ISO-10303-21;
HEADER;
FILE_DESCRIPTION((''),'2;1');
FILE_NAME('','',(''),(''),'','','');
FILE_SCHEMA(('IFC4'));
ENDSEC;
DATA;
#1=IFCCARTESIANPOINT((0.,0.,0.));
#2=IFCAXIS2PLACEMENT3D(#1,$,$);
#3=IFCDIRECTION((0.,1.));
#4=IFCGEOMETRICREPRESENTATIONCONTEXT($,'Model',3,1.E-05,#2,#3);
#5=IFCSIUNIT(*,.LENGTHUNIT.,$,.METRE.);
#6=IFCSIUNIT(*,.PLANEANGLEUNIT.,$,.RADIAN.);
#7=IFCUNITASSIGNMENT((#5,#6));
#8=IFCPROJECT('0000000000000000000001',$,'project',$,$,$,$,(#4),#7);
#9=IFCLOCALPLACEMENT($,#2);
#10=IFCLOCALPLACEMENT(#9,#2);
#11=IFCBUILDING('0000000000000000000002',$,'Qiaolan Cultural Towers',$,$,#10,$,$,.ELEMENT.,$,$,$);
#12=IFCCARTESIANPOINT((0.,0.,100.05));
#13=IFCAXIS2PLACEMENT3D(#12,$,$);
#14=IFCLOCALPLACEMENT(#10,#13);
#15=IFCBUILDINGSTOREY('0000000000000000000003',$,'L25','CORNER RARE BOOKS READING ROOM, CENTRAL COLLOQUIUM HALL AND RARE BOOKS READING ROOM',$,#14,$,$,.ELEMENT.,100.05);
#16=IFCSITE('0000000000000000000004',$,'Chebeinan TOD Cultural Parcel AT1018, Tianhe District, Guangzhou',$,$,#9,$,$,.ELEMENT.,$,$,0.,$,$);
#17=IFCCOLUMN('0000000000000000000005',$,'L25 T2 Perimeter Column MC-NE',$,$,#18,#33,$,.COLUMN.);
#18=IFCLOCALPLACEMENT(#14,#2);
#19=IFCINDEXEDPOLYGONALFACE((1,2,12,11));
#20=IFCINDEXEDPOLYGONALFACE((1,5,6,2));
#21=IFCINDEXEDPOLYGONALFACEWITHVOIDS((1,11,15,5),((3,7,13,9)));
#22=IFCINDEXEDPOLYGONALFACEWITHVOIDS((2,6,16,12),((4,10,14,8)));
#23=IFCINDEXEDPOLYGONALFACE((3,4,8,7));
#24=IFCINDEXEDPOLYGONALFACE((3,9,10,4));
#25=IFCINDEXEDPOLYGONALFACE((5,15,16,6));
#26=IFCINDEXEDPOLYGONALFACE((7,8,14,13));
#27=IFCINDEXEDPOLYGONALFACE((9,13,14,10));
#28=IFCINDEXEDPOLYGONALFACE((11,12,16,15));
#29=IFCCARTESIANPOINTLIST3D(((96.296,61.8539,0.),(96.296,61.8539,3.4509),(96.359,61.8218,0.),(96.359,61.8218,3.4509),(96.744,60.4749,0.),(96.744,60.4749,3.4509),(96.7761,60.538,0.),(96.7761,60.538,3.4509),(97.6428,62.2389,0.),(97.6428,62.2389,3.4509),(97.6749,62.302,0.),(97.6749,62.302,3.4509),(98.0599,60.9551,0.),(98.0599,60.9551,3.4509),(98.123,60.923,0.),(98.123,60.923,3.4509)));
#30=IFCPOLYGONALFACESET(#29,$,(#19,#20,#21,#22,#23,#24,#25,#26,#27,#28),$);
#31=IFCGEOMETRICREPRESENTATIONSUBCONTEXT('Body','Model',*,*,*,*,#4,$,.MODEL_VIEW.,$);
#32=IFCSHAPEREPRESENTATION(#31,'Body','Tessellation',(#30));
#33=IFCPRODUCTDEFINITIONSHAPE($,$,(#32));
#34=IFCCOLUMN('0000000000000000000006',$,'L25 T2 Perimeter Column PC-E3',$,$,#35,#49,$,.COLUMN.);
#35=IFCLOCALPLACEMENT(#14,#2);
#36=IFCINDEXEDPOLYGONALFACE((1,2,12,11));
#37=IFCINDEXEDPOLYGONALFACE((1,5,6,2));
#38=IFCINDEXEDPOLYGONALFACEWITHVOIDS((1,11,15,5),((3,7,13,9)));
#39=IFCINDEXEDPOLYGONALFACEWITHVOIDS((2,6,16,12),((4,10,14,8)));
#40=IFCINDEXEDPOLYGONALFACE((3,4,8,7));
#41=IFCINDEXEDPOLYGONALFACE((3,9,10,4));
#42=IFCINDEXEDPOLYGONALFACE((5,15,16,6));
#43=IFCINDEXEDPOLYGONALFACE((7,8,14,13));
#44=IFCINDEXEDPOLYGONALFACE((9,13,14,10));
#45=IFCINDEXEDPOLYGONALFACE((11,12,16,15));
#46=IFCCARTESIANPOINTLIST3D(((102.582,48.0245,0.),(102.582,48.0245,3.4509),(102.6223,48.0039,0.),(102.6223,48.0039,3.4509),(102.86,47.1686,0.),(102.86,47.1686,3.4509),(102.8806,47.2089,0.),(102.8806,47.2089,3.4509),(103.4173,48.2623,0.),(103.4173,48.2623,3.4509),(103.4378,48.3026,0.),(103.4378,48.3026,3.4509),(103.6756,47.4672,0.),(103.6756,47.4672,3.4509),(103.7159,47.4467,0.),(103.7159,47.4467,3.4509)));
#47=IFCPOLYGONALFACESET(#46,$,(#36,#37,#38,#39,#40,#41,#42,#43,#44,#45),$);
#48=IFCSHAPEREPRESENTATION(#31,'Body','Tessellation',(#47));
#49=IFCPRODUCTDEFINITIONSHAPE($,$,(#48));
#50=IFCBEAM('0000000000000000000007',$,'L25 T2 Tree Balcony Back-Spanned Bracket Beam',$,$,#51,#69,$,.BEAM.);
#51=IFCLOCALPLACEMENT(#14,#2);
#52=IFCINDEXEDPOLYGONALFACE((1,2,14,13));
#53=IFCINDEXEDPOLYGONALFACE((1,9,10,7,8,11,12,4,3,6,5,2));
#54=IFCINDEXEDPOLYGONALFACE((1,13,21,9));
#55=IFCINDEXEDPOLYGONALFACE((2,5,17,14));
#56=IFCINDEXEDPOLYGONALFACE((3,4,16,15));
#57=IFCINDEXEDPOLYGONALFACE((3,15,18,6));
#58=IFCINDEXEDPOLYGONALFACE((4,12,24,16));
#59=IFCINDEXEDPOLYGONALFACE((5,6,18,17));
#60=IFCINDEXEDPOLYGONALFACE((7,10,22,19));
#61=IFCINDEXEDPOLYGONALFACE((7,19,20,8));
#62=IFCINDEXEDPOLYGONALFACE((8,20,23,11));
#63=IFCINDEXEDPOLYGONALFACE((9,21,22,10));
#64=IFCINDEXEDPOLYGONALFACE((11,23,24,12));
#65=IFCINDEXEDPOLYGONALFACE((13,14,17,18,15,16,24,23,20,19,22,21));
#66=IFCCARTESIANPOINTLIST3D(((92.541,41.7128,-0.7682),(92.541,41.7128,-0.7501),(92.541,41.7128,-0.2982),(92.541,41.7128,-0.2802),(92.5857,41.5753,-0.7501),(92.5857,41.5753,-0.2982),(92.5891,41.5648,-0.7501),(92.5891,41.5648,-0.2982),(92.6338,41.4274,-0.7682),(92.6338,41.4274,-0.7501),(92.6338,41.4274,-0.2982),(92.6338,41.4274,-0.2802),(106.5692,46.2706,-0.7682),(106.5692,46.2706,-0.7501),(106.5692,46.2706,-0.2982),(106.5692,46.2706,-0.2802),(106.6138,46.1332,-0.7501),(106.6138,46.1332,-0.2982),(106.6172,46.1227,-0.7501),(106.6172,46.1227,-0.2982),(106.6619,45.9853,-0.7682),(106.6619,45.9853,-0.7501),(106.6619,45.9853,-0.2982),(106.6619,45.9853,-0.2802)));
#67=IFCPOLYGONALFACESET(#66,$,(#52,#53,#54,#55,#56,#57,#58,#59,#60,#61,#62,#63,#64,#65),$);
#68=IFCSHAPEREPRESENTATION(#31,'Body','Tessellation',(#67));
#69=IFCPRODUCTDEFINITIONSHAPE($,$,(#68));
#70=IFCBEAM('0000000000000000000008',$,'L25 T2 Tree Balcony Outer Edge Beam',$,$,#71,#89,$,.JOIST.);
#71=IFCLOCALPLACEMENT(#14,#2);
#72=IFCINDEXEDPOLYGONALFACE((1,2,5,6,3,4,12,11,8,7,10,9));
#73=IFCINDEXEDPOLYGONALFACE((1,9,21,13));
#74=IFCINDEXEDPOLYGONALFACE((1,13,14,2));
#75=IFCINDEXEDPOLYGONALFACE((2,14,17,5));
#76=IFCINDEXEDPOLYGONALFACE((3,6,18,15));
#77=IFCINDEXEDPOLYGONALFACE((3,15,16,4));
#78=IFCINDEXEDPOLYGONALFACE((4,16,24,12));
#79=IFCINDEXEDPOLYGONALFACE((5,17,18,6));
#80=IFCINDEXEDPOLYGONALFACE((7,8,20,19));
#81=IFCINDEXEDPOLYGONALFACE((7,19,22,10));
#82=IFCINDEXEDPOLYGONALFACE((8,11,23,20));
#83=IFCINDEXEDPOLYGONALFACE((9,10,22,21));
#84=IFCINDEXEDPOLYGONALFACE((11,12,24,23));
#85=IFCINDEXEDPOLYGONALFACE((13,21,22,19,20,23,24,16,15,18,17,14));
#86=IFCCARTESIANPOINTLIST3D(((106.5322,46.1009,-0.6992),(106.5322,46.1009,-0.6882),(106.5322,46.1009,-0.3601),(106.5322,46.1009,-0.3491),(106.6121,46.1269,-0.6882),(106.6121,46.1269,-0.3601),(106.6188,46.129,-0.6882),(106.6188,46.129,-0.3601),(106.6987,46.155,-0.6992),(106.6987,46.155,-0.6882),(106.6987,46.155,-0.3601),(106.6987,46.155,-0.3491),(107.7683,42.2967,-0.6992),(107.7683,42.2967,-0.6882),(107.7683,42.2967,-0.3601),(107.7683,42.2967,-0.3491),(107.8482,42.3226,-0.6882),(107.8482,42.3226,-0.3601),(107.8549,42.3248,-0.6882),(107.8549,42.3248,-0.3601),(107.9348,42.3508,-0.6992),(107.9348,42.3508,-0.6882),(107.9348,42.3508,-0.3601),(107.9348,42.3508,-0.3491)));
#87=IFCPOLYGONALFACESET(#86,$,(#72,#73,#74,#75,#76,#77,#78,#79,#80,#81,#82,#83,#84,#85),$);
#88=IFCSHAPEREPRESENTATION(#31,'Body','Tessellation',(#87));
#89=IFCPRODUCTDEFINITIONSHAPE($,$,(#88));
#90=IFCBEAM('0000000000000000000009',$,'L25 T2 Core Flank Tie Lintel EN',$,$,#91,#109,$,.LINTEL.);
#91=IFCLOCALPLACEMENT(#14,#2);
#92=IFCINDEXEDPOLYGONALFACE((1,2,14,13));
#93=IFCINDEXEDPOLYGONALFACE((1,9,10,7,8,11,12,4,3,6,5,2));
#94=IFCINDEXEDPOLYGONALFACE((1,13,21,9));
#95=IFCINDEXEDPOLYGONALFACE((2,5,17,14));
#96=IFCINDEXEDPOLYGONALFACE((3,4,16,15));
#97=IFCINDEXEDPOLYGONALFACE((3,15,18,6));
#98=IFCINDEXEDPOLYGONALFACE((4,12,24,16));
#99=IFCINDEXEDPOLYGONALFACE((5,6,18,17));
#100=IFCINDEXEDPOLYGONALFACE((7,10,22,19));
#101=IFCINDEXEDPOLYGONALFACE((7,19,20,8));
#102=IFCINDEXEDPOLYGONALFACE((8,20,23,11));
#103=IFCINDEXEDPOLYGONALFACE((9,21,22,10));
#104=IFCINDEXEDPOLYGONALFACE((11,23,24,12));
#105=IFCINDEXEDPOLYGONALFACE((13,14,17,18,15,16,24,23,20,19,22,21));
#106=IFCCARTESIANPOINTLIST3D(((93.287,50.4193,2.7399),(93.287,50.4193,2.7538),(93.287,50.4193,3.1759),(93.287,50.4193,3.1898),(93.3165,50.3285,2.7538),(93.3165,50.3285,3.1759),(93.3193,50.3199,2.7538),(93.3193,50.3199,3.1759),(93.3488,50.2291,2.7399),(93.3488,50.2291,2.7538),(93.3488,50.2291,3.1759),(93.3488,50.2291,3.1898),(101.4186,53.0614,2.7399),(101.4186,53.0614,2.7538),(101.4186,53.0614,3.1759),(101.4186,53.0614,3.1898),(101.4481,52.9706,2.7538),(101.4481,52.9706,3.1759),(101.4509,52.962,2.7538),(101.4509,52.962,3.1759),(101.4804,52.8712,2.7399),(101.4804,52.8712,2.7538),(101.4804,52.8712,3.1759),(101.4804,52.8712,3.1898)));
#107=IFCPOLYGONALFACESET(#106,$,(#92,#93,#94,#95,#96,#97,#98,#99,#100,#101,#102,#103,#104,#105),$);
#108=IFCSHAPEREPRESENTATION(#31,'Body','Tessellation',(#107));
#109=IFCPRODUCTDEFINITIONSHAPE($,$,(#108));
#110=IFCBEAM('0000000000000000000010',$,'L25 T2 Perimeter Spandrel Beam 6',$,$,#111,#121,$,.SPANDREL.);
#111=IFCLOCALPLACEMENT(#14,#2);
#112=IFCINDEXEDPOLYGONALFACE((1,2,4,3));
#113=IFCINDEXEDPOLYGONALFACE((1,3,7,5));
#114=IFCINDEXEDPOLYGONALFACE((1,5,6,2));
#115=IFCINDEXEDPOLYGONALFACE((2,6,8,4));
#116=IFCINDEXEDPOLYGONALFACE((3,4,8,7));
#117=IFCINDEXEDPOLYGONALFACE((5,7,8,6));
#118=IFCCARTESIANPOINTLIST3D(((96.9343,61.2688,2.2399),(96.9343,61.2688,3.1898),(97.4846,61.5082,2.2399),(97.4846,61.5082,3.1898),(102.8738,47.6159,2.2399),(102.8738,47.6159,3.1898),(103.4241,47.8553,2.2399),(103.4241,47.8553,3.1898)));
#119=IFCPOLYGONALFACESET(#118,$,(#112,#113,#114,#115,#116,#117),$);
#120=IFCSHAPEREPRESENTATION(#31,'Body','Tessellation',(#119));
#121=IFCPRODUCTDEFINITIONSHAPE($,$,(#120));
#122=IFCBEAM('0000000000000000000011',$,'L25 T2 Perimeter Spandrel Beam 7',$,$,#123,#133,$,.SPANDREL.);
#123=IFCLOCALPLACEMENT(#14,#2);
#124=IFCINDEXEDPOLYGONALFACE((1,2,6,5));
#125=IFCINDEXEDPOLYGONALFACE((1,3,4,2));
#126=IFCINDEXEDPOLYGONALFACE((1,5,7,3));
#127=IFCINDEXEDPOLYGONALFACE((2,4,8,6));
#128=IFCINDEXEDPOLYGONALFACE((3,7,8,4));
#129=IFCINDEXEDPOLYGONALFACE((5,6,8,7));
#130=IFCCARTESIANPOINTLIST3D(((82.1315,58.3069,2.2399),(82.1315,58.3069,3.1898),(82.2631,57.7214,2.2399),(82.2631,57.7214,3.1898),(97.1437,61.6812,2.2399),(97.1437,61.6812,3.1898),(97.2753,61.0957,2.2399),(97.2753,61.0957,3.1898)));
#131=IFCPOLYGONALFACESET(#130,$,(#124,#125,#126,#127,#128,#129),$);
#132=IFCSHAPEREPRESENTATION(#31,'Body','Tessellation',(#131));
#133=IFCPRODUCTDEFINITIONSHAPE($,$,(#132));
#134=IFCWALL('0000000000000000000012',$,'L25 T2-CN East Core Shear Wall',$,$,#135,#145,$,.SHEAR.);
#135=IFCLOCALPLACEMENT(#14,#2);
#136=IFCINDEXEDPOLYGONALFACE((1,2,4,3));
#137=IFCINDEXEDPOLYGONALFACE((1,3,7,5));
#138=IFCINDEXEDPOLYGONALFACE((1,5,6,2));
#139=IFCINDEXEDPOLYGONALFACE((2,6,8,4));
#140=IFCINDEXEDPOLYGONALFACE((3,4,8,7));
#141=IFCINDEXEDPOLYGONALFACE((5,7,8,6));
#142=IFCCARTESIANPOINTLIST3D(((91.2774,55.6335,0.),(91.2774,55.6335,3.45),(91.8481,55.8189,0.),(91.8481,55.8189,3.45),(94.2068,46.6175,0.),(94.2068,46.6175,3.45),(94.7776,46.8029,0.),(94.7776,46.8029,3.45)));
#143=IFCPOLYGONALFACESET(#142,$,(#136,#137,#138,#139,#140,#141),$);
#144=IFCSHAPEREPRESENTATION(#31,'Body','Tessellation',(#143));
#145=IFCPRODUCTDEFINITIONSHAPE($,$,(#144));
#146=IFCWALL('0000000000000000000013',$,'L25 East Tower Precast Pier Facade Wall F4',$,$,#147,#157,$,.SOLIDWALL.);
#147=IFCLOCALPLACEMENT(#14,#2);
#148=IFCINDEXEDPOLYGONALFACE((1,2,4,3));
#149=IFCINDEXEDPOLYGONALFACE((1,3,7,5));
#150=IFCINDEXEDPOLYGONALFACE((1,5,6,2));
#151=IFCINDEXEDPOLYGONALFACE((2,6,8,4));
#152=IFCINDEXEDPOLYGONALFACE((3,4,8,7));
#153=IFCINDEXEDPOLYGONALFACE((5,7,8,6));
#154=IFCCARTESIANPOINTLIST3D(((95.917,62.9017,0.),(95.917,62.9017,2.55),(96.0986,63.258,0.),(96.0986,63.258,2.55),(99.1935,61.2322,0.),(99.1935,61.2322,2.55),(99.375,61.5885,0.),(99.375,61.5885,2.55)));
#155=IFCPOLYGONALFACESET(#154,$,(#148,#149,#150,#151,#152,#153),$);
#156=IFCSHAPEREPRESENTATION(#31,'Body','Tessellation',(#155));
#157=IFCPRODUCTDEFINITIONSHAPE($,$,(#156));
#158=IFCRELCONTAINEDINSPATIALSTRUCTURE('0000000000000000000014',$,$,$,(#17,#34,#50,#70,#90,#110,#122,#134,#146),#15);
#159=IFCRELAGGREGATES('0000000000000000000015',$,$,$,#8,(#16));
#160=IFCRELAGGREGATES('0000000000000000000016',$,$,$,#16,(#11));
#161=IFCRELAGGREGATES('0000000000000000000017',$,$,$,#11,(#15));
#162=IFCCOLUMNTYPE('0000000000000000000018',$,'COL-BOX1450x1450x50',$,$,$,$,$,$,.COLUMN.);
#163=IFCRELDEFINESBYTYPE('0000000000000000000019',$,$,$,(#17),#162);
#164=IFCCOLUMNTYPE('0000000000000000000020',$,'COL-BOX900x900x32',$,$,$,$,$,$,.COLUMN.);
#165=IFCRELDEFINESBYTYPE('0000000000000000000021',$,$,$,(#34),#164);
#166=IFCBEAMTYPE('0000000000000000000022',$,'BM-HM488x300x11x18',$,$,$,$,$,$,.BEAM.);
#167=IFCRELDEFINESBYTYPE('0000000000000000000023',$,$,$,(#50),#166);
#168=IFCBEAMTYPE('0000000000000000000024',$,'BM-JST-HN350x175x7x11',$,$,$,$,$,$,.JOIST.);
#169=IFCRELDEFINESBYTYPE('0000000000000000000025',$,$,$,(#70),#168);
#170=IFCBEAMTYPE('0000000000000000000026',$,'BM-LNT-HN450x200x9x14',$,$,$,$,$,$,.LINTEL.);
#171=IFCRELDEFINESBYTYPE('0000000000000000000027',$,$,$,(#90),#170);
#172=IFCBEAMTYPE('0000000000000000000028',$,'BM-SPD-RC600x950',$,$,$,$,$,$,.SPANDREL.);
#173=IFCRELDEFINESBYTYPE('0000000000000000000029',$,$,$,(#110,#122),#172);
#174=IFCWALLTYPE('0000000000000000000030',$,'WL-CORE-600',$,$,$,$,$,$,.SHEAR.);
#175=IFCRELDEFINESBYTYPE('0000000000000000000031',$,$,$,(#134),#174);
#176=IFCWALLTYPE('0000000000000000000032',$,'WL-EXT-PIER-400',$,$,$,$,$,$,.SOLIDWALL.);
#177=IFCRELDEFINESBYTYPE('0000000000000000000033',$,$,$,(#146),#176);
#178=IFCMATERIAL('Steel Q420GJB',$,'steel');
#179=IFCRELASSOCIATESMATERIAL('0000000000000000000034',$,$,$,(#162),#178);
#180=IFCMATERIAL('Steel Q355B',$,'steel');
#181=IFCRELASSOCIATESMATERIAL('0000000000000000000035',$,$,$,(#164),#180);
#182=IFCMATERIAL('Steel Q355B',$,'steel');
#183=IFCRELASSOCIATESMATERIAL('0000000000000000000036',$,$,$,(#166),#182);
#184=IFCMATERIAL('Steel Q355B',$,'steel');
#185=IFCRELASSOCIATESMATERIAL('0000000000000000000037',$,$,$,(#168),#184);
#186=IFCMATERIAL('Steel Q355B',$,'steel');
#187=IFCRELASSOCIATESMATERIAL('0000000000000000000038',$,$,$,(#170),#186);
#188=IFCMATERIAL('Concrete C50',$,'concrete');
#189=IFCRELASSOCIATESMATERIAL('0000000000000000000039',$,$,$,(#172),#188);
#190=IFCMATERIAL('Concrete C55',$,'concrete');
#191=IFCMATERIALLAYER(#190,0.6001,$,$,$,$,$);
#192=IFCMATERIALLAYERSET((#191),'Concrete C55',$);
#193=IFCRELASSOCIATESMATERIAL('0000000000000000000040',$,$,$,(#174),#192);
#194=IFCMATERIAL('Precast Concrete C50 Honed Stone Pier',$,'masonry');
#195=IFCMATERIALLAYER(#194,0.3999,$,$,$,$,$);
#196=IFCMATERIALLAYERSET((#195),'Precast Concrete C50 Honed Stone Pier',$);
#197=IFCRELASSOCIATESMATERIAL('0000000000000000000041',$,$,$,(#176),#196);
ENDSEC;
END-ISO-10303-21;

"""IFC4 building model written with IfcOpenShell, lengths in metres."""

from ifc_helpers import new_model, si_unit, direction, frame, frame_2d, origin, origin_2d, place, context, subcontext, project, spatial, rectangle, hollow_rectangle, i_section, extrude, material, layer, layer_set, material_profile, profile_set, type_object, element, save


model = new_model("IFC4")

# Units and contexts
model_context = context("Model", 3, precision=1e-05, world=origin(), true_north=direction((0.0, 1.0)))
body_context = subcontext(model_context, "Body", "Model", "MODEL_VIEW")
ifc_project = project(units=[si_unit("LENGTHUNIT", "METRE"), si_unit("PLANEANGLEUNIT", "RADIAN")], contexts=[model_context])

# Site, building, storey
site_placement = place(None, origin())
site = spatial("IfcSite", under=ifc_project, at=site_placement, Name="Chebeinan TOD Cultural Parcel AT1018, Tianhe District, Guangzhou", CompositionType="ELEMENT", RefElevation=0.0)
building_placement = place(site_placement, origin())
building = spatial("IfcBuilding", under=site, at=building_placement, Name="Qiaolan Cultural Towers", CompositionType="ELEMENT")
storey_placement = place(building_placement, frame((0.0, 0.0, 100.05)))
storey = spatial("IfcBuildingStorey", under=building, at=storey_placement, Name="L25", Description="CORNER RARE BOOKS READING ROOM, CENTRAL COLLOQUIUM HALL AND RARE BOOKS READING ROOM", CompositionType="ELEMENT", Elevation=100.05)

# Columns
ifc_material_1 = material(Name="Steel Q420GJB", Category="steel")
ifc_material_profile_1 = material_profile(ifc_material_1, hollow_rectangle(XDim=1.45, YDim=1.45, WallThickness=0.05, at=origin_2d()), Name="BOX1450x1450x50")
ifc_profile_set_1 = profile_set([ifc_material_profile_1], Name="Steel Q420GJB")
column_type_1 = type_object("IfcColumnType", Name="COL-BOX1450x1450x50", PredefinedType="COLUMN", material=ifc_profile_set_1)
column_1_placement = place(storey_placement, frame((97.2095, 61.3884, 0.0), z_axis=(0.0, 0.0, 1.0), x_axis=(0.951057, 0.309017, 0.0)))
element("IfcColumn", 1, at=column_1_placement, inside=storey, type_object=column_type_1, Name="L25 T2 Perimeter Column MC-NE", PredefinedType="COLUMN", context=body_context, shape_type="SweptSolid", body=[
    extrude(hollow_rectangle(XDim=1.45, YDim=1.45, WallThickness=0.05, at=origin_2d()), origin(), (0.0, 0.0, 1.0), 3.4509),
])
ifc_material_2 = material(Name="Steel Q355B", Category="steel")
ifc_material_profile_2 = material_profile(ifc_material_2, hollow_rectangle(XDim=0.8999, YDim=0.8999, WallThickness=0.032, at=origin_2d()), Name="BOX900x900x32")
ifc_profile_set_2 = profile_set([ifc_material_profile_2], Name="Steel Q355B")
column_type_2 = type_object("IfcColumnType", Name="COL-BOX900x900x32", PredefinedType="COLUMN", material=ifc_profile_set_2)
column_2_placement = place(storey_placement, frame((103.1489, 47.7356, 0.0), z_axis=(0.0, 0.0, 1.0), x_axis=(0.951057, 0.309017, 0.0)))
element("IfcColumn", 2, at=column_2_placement, inside=storey, type_object=column_type_2, Name="L25 T2 Perimeter Column PC-E3", PredefinedType="COLUMN", context=body_context, shape_type="SweptSolid", body=[
    extrude(hollow_rectangle(XDim=0.8999, YDim=0.8999, WallThickness=0.032, at=origin_2d()), origin(), (0.0, 0.0, 1.0), 3.4509),
])

# Beams
ifc_material_3 = material(Name="Steel Q355B", Category="steel")
ifc_material_profile_3 = material_profile(ifc_material_3, i_section(OverallWidth=0.3, OverallDepth=0.488, WebThickness=0.011, FlangeThickness=0.0181, at=origin_2d()), Name="HM488x300x11x18")
ifc_profile_set_3 = profile_set([ifc_material_profile_3], Name="Steel Q355B")
beam_type_1 = type_object("IfcBeamType", Name="BM-HM488x300x11x18", PredefinedType="BEAM", material=ifc_profile_set_3)
beam_1_placement = place(storey_placement, frame((92.5874, 41.5701, -0.5242), z_axis=(0.951059, 0.309009, 0.0), x_axis=(-0.309009, 0.951059, 0.0)))
element("IfcBeam", 3, at=beam_1_placement, inside=storey, type_object=beam_type_1, Name="L25 T2 Tree Balcony Back-Spanned Bracket Beam", PredefinedType="BEAM", context=body_context, shape_type="SweptSolid", body=[
    extrude(i_section(OverallWidth=0.3, OverallDepth=0.488, WebThickness=0.011, FlangeThickness=0.0181, at=origin_2d()), origin(), (0.0, 0.0, 1.0), 14.75),
])
ifc_material_4 = material(Name="Steel Q355B", Category="steel")
ifc_material_profile_4 = material_profile(ifc_material_4, i_section(OverallWidth=0.175, OverallDepth=0.3501, WebThickness=0.0071, FlangeThickness=0.011, at=origin_2d()), Name="HN350x175x7x11")
ifc_profile_set_4 = profile_set([ifc_material_profile_4], Name="Steel Q355B")
beam_type_2 = type_object("IfcBeamType", Name="BM-JST-HN350x175x7x11", PredefinedType="JOIST", material=ifc_profile_set_4)
beam_2_placement = place(storey_placement, frame((107.8516, 42.3237, -0.5242), z_axis=(-0.309023, 0.951055, 0.0), x_axis=(-0.951055, -0.309023, 0.0)))
element("IfcBeam", 4, at=beam_2_placement, inside=storey, type_object=beam_type_2, Name="L25 T2 Tree Balcony Outer Edge Beam", PredefinedType="JOIST", context=body_context, shape_type="SweptSolid", body=[
    extrude(i_section(OverallWidth=0.175, OverallDepth=0.3501, WebThickness=0.0071, FlangeThickness=0.011, at=origin_2d()), origin(), (0.0, 0.0, 1.0), 4.0),
])
ifc_material_5 = material(Name="Steel Q355B", Category="steel")
ifc_material_profile_5 = material_profile(ifc_material_5, i_section(OverallWidth=0.2, OverallDepth=0.45, WebThickness=0.009, FlangeThickness=0.0139, at=origin_2d()), Name="HN450x200x9x14")
ifc_profile_set_5 = profile_set([ifc_material_profile_5], Name="Steel Q355B")
beam_type_3 = type_object("IfcBeamType", Name="BM-LNT-HN450x200x9x14", PredefinedType="LINTEL", material=ifc_profile_set_5)
beam_3_placement = place(storey_placement, frame((93.3179, 50.3242, 2.9648), z_axis=(0.951057, 0.309014, 0.0), x_axis=(-0.309014, 0.951057, 0.0)))
element("IfcBeam", 5, at=beam_3_placement, inside=storey, type_object=beam_type_3, Name="L25 T2 Core Flank Tie Lintel EN", PredefinedType="LINTEL", context=body_context, shape_type="SweptSolid", body=[
    extrude(i_section(OverallWidth=0.2, OverallDepth=0.45, WebThickness=0.009, FlangeThickness=0.0139, at=origin_2d()), origin(), (0.0, 0.0, 1.0), 8.55),
])
ifc_material_6 = material(Name="Concrete C50", Category="concrete")
ifc_material_profile_6 = material_profile(ifc_material_6, rectangle(XDim=0.6001, YDim=0.95, at=origin_2d()), Name="RC600x950")
ifc_profile_set_6 = profile_set([ifc_material_profile_6], Name="Concrete C50")
beam_type_4 = type_object("IfcBeamType", Name="BM-SPD-RC600x950", PredefinedType="SPANDREL", material=ifc_profile_set_6)
beam_4_placement = place(storey_placement, frame((103.1489, 47.7356, 2.7148), z_axis=(-0.39892, 0.916986, 0.0), x_axis=(-0.916986, -0.39892, 0.0)))
element("IfcBeam", 6, at=beam_4_placement, inside=storey, type_object=beam_type_4, Name="L25 T2 Perimeter Spandrel Beam 6", PredefinedType="SPANDREL", context=body_context, shape_type="SweptSolid", body=[
    extrude(rectangle(XDim=0.6001, YDim=0.95, at=origin_2d()), origin(), (0.0, 0.0, 1.0), 14.8889),
])
beam_5_placement = place(storey_placement, frame((97.2095, 61.3884, 2.7148), z_axis=(-0.975658, -0.219297, 0.0), x_axis=(0.219297, -0.975658, 0.0)))
element("IfcBeam", 7, at=beam_5_placement, inside=storey, type_object=beam_type_4, Name="L25 T2 Perimeter Spandrel Beam 7", PredefinedType="SPANDREL", context=body_context, shape_type="SweptSolid", body=[
    extrude(rectangle(XDim=0.6001, YDim=0.95, at=origin_2d()), origin(), (0.0, 0.0, 1.0), 15.3867),
])

# Walls
ifc_material_7 = material(Name="Concrete C55", Category="concrete")
ifc_layer_1 = layer(ifc_material_7, 0.6001)
ifc_layer_set_1 = layer_set([ifc_layer_1], Name="Concrete C55")
wall_type_1 = type_object("IfcWallType", Name="WL-CORE-600", PredefinedType="SHEAR", material=ifc_layer_set_1)
wall_1_placement = place(storey_placement, frame((94.4922, 46.7102, 0.0), z_axis=(0.0, 0.0, 1.0), x_axis=(-0.30901, 0.951059, 0.0)))
element("IfcWall", 8, at=wall_1_placement, inside=storey, type_object=wall_type_1, Name="L25 T2-CN East Core Shear Wall", PredefinedType="SHEAR", context=body_context, shape_type="SweptSolid", body=[
    extrude(rectangle(XDim=9.48, YDim=0.6001, at=frame_2d((4.74, 0.0))), origin(), (0.0, 0.0, 1.0), 3.45),
])
ifc_material_8 = material(Name="Precast Concrete C50 Honed Stone Pier", Category="masonry")
ifc_layer_2 = layer(ifc_material_8, 0.3999)
ifc_layer_set_2 = layer_set([ifc_layer_2], Name="Precast Concrete C50 Honed Stone Pier")
wall_type_2 = type_object("IfcWallType", Name="WL-EXT-PIER-400", PredefinedType="SOLIDWALL", material=ifc_layer_set_2)
wall_2_placement = place(storey_placement, frame((96.0078, 63.0798, 0.0), z_axis=(0.0, 0.0, 1.0), x_axis=(0.891002, -0.453999, 0.0)))
element("IfcWall", 9, at=wall_2_placement, inside=storey, type_object=wall_type_2, Name="L25 East Tower Precast Pier Facade Wall F4", PredefinedType="SOLIDWALL", context=body_context, shape_type="SweptSolid", body=[
    extrude(rectangle(XDim=3.6772, YDim=0.3999, at=frame_2d((1.8386, 0.0))), origin(), (0.0, 0.0, 1.0), 2.55),
])

save(model, "model.ifc")
